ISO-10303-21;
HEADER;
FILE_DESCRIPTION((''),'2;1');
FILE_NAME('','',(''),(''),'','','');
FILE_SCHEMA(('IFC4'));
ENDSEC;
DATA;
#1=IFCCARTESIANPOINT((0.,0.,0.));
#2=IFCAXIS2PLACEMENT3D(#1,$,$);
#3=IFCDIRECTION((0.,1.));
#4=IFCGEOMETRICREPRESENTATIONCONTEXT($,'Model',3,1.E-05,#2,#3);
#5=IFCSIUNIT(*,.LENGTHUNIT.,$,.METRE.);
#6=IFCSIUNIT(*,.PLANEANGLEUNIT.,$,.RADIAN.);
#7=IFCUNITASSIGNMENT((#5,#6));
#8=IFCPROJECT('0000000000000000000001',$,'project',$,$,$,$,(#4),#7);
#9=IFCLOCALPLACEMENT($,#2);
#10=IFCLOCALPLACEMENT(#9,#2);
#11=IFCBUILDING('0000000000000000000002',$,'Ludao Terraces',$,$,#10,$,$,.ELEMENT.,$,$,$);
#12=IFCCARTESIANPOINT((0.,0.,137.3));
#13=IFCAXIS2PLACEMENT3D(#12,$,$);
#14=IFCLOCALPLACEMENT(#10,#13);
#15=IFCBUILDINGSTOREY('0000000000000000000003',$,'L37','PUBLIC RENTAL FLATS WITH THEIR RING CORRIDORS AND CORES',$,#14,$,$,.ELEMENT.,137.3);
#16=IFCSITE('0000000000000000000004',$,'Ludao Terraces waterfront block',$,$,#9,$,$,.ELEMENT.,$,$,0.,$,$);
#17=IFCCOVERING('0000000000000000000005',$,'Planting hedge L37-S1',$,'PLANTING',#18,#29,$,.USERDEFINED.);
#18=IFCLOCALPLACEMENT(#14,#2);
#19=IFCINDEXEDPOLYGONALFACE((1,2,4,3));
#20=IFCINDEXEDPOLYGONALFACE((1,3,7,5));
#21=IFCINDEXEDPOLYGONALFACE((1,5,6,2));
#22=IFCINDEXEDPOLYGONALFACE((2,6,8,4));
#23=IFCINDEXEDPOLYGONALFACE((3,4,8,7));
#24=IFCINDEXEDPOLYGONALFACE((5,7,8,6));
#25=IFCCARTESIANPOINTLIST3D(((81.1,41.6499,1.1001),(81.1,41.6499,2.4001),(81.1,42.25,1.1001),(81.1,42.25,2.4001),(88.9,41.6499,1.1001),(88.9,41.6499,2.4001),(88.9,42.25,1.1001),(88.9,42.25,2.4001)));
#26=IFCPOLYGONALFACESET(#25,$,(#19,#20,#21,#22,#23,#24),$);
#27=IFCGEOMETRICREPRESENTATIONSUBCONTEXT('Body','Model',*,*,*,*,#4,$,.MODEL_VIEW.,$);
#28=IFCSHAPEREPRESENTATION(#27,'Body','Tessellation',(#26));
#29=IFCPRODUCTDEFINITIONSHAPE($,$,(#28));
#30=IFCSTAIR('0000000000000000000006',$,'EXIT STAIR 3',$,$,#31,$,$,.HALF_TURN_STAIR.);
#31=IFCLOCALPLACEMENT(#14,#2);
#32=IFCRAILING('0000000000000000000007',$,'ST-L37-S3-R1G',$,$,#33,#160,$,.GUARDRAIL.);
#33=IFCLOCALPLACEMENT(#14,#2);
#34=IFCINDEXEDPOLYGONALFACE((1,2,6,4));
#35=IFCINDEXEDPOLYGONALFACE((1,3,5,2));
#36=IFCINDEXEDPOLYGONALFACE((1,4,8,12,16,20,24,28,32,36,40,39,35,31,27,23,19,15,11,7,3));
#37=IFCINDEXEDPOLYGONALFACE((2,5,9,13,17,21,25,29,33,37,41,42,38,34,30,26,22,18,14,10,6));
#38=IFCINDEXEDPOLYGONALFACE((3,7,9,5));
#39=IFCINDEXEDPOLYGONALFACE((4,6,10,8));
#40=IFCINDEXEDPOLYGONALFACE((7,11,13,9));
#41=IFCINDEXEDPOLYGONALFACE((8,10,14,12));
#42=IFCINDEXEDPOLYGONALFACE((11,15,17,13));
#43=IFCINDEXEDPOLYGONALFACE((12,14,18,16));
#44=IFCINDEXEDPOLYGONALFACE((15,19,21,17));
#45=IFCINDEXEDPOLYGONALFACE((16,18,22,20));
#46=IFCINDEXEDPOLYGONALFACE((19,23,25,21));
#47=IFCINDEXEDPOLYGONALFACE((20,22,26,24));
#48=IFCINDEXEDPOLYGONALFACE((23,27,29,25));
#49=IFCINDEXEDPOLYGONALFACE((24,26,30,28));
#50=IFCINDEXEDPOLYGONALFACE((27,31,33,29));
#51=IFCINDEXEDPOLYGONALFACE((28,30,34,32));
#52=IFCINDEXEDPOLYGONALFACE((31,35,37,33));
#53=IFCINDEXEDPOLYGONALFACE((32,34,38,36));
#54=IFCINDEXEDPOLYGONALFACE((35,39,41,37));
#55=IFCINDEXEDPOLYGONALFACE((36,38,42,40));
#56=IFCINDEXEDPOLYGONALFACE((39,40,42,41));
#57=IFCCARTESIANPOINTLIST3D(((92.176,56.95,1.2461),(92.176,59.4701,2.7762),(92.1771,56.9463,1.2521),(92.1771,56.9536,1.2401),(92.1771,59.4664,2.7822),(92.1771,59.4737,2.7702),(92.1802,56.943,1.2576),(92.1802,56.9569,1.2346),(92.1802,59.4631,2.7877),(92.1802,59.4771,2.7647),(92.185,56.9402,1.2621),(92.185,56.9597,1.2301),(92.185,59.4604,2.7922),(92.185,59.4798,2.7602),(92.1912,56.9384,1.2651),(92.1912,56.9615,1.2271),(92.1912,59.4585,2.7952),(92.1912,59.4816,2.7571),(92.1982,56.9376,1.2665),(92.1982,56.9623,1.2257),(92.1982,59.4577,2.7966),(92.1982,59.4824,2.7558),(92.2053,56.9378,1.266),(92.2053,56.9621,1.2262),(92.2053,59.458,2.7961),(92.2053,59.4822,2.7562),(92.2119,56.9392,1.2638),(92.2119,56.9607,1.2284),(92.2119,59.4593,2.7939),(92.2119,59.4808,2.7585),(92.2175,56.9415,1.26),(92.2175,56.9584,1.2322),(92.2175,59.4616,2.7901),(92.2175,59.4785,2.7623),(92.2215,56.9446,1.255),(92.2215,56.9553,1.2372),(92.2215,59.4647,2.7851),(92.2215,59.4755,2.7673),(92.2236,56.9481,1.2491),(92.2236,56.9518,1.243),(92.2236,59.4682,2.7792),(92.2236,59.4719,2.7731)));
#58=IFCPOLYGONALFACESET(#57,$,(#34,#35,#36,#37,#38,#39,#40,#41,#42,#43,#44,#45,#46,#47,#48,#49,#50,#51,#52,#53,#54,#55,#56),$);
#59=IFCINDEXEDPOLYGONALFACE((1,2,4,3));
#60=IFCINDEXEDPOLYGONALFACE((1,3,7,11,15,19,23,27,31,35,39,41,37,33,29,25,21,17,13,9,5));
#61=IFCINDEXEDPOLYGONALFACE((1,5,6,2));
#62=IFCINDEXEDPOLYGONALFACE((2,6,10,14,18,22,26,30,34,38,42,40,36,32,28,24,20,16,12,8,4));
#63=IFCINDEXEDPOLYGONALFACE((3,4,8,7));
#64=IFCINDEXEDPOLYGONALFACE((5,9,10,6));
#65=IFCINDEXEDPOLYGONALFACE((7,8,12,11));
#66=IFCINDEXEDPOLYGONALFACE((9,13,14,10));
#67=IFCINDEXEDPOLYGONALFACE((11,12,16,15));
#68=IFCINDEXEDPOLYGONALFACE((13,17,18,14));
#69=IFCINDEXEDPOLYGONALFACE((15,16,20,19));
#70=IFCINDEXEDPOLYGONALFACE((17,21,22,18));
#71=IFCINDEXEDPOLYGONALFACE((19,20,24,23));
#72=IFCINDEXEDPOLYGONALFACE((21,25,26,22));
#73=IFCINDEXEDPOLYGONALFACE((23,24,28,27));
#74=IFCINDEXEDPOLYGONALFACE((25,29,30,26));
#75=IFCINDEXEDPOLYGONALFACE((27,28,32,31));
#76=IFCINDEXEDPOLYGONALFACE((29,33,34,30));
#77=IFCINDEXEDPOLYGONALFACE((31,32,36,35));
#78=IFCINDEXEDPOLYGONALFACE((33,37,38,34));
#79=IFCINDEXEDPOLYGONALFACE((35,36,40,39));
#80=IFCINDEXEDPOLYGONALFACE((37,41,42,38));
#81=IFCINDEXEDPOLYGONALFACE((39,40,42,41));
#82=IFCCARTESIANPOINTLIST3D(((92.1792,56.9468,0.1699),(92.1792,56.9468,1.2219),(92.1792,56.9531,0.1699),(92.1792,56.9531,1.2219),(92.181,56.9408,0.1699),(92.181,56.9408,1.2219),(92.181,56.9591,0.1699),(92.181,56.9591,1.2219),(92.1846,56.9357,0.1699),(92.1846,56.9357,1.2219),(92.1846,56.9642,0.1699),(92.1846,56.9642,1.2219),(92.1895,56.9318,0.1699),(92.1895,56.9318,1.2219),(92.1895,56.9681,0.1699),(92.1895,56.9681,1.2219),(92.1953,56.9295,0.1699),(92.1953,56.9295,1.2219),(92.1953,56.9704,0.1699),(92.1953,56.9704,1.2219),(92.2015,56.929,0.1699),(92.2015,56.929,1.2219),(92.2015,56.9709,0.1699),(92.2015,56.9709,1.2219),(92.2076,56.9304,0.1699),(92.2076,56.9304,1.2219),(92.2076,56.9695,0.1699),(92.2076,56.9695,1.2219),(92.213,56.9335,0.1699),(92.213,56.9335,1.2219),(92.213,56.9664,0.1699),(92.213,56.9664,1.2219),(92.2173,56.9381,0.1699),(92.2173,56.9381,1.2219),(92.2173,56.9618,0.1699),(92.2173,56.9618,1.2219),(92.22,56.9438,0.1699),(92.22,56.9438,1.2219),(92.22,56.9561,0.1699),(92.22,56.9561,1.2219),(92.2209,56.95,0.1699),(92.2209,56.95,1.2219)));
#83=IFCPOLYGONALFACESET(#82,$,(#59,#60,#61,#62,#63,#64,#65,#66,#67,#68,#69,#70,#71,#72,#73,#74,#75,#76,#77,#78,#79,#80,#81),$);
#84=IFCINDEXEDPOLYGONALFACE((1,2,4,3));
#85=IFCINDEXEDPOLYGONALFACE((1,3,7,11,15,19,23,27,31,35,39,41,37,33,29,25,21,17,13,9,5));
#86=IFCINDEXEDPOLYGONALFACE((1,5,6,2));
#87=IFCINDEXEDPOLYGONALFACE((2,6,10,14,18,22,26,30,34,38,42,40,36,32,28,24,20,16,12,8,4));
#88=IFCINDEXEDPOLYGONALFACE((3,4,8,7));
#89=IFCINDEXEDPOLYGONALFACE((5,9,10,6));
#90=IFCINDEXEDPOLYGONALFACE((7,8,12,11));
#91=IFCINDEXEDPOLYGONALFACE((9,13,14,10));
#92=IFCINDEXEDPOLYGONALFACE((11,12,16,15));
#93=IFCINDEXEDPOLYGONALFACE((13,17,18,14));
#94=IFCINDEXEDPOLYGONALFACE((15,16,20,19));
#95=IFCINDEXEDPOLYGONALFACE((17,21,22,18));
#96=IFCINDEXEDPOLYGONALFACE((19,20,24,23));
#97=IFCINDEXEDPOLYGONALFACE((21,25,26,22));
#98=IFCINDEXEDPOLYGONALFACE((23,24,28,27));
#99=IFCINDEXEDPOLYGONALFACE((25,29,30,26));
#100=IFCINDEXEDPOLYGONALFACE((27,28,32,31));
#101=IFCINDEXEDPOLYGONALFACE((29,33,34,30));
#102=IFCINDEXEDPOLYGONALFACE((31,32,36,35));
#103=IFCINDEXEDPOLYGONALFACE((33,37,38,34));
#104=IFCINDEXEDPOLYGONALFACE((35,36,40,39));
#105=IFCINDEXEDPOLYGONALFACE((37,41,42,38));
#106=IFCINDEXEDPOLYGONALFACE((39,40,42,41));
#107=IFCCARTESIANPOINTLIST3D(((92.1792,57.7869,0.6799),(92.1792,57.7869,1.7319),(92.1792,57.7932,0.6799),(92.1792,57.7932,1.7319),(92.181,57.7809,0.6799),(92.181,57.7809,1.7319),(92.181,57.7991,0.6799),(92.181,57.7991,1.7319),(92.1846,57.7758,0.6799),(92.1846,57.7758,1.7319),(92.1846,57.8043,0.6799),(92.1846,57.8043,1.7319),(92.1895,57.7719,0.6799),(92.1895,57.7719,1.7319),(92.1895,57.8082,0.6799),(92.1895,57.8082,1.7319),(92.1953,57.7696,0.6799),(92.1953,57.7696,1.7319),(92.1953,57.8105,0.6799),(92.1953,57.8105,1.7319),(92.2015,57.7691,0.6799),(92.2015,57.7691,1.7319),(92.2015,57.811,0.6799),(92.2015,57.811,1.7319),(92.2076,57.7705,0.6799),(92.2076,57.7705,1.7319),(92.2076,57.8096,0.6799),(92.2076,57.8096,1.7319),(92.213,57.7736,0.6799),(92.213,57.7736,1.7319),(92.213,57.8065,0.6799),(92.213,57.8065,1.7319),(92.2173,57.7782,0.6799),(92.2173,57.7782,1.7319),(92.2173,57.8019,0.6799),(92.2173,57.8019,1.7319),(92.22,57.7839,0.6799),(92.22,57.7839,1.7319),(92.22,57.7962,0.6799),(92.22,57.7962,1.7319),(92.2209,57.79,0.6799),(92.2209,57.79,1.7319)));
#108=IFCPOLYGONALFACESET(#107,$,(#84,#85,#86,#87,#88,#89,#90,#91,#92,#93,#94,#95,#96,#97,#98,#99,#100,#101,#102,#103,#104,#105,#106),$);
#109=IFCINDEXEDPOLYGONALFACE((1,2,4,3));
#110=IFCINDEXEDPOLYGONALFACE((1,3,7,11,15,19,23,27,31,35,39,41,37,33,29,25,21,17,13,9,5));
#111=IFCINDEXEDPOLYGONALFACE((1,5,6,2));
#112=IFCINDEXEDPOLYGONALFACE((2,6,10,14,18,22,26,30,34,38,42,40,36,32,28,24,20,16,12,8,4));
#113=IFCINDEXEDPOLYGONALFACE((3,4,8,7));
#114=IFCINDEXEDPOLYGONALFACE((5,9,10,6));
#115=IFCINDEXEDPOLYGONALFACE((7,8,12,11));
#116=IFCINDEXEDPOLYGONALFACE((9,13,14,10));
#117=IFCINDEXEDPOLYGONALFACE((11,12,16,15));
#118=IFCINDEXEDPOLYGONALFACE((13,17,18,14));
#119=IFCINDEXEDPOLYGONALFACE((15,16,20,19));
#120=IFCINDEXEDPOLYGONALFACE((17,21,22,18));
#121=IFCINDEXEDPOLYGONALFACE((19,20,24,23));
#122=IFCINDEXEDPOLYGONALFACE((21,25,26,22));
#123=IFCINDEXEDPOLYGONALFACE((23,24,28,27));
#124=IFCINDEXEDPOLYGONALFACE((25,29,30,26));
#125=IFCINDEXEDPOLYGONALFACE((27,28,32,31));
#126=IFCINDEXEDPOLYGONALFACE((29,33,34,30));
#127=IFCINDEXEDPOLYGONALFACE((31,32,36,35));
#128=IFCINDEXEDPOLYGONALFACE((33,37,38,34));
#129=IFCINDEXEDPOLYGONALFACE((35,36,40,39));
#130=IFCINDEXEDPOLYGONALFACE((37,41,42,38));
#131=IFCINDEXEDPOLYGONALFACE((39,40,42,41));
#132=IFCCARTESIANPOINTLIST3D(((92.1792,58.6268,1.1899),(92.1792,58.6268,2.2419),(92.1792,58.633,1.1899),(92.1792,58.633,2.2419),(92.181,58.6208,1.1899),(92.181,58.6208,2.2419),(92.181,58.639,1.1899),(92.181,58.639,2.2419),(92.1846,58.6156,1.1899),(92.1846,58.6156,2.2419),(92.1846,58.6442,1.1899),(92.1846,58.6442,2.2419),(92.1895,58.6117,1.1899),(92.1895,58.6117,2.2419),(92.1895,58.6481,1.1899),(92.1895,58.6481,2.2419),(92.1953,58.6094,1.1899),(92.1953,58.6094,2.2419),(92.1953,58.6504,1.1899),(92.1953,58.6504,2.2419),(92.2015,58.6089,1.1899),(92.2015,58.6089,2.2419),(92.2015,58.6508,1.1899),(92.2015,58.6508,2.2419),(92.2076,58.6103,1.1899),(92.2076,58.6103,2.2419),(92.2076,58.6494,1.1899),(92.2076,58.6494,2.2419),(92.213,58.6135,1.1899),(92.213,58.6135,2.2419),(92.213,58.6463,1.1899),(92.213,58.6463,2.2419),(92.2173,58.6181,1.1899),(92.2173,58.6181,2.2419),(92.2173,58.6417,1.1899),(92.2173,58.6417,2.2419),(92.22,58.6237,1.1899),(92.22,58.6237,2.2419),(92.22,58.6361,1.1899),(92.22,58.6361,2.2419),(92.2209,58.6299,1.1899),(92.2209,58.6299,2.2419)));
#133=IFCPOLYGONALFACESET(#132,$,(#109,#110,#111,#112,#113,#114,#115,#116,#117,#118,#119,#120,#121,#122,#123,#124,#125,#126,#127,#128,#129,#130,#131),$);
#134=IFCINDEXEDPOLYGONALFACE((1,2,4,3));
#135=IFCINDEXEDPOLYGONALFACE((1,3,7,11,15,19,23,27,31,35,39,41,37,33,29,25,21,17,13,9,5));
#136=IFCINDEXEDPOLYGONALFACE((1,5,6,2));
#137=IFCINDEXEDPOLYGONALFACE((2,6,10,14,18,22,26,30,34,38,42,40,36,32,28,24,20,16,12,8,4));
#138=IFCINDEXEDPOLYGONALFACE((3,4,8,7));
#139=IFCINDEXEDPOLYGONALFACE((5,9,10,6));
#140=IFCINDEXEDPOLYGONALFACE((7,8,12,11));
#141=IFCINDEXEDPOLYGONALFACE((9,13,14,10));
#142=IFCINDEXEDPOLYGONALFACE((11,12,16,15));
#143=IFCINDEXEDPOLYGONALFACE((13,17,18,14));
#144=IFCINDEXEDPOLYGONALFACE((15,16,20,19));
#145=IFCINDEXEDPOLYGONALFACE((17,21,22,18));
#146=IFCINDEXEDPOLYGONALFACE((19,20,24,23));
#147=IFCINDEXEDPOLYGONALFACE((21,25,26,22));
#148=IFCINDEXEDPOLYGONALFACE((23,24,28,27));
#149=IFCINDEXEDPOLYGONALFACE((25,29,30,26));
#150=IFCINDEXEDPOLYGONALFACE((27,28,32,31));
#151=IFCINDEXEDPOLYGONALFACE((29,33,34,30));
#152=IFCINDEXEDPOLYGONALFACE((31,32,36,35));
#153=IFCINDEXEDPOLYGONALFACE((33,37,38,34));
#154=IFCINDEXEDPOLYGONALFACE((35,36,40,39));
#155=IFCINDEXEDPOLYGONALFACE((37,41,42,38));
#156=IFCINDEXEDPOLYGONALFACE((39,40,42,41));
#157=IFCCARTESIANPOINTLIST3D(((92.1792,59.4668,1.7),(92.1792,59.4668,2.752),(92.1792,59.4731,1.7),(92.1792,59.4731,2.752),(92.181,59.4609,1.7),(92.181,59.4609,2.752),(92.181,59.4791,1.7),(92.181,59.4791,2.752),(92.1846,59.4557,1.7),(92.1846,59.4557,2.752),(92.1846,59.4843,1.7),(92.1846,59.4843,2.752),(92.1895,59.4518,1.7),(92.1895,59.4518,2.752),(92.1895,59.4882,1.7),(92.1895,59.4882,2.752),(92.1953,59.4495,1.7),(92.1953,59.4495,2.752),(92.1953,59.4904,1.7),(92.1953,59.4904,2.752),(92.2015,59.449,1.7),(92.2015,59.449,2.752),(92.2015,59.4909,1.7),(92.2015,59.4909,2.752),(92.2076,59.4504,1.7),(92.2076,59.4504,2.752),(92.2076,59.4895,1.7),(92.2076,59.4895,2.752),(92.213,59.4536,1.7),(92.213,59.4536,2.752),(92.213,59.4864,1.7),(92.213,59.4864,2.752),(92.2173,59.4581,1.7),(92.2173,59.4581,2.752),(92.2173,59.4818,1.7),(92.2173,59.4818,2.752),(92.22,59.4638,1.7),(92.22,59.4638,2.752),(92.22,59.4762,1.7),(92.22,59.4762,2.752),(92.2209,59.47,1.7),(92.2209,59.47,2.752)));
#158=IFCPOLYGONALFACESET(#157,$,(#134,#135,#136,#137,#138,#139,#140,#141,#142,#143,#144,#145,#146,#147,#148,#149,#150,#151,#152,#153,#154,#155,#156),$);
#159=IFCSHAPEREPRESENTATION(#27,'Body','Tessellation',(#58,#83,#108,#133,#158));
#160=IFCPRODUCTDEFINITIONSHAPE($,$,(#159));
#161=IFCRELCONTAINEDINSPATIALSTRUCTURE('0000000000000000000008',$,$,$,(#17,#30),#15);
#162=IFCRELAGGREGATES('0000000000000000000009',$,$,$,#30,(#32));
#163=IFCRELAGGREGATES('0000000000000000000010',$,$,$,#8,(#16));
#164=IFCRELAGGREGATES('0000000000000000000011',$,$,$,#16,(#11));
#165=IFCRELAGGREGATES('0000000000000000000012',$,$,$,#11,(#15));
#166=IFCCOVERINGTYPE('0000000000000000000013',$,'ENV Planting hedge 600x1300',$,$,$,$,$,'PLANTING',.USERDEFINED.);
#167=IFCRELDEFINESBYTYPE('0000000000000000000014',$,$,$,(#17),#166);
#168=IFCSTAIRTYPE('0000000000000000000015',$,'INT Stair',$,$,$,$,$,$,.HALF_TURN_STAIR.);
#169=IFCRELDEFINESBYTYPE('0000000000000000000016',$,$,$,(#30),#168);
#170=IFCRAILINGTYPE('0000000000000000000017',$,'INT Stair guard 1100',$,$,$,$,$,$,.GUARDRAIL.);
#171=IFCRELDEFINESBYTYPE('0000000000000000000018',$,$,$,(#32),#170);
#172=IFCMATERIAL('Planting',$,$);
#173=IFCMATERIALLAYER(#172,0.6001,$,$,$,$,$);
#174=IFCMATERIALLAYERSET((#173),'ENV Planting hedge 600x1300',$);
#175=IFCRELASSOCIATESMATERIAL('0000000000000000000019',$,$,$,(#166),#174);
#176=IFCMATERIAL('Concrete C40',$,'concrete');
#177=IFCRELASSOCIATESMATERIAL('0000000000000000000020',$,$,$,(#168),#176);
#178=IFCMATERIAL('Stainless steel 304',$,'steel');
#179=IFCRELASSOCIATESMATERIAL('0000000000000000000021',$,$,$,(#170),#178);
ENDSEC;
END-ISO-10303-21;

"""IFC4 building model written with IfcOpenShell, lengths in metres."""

from ifc_helpers import new_model, si_unit, direction, frame, origin, origin_2d, place, context, subcontext, project, spatial, rectangle, circle, extrude, material, layer, layer_set, type_object, element, aggregate, save


model = new_model("IFC4")

# Units and contexts
model_context = context("Model", 3, precision=1e-05, world=origin(), true_north=direction((0.0, 1.0)))
body_context = subcontext(model_context, "Body", "Model", "MODEL_VIEW")
ifc_project = project(units=[si_unit("LENGTHUNIT", "METRE"), si_unit("PLANEANGLEUNIT", "RADIAN")], contexts=[model_context])

# Site, building, storey
site_placement = place(None, origin())
site = spatial("IfcSite", under=ifc_project, at=site_placement, Name="Ludao Terraces waterfront block", CompositionType="ELEMENT", RefElevation=0.0)
building_placement = place(site_placement, origin())
building = spatial("IfcBuilding", under=site, at=building_placement, Name="Ludao Terraces", CompositionType="ELEMENT")
storey_placement = place(building_placement, frame((0.0, 0.0, 137.3)))
storey = spatial("IfcBuildingStorey", under=building, at=storey_placement, Name="L37", Description="PUBLIC RENTAL FLATS WITH THEIR RING CORRIDORS AND CORES", CompositionType="ELEMENT", Elevation=137.3)

# Shared definitions
ifc_material_1 = material(Name="Concrete C40", Category="concrete")

# Covering
ifc_material_2 = material(Name="Planting")
ifc_layer_1 = layer(ifc_material_2, 0.6001)
ifc_layer_set_1 = layer_set([ifc_layer_1], Name="ENV Planting hedge 600x1300")
covering_type = type_object("IfcCoveringType", Name="ENV Planting hedge 600x1300", ElementType="PLANTING", PredefinedType="USERDEFINED", material=ifc_layer_set_1)
covering_placement = place(storey_placement, frame((85.0, 41.95, 1.1001), z_axis=(0.0, 0.0, 1.0), x_axis=(1.0, 0.0, 0.0)))
element("IfcCovering", 1, at=covering_placement, inside=storey, type_object=covering_type, Name="Planting hedge L37-S1", ObjectType="PLANTING", PredefinedType="USERDEFINED", context=body_context, shape_type="SweptSolid", body=[
    extrude(rectangle(XDim=7.8, YDim=0.6001, at=origin_2d()), origin(), (0.0, 0.0, 1.0), 1.3),
])

# Stair, railing
stair_type = type_object("IfcStairType", Name="INT Stair", PredefinedType="HALF_TURN_STAIR", material=ifc_material_1)
stair_placement = place(storey_placement, origin())
stair = element("IfcStair", 2, at=stair_placement, inside=storey, type_object=stair_type, Name="EXIT STAIR 3", PredefinedType="HALF_TURN_STAIR")
ifc_material_3 = material(Name="Stainless steel 304", Category="steel")
railing_type_1 = type_object("IfcRailingType", Name="INT Stair guard 1100", PredefinedType="GUARDRAIL", material=ifc_material_3)
railing_1_placement = place(storey_placement, frame((92.2, 56.95, 0.1699)))
railing_1 = element("IfcRailing", 3, at=railing_1_placement, type_object=railing_type_1, Name="ST-L37-S3-R1G", PredefinedType="GUARDRAIL", context=body_context, shape_type="SweptSolid", body=[
    extrude(circle(Radius=0.0239, at=origin_2d()), frame((0.0, 0.0, 1.0762), z_axis=(0.0, 0.854785, 0.518982), x_axis=(-1.0, 0.0, 0.0)), (0.0, 0.0, 1.0), 2.9482),
    extrude(circle(Radius=0.021, at=origin_2d()), origin(), (0.0, 0.0, 1.0), 1.052),
    extrude(circle(Radius=0.021, at=origin_2d()), frame((0.0, 0.8401, 0.51)), (0.0, 0.0, 1.0), 1.052),
    extrude(circle(Radius=0.021, at=origin_2d()), frame((0.0, 1.6799, 1.02)), (0.0, 0.0, 1.0), 1.052),
    extrude(circle(Radius=0.021, at=origin_2d()), frame((0.0, 2.52, 1.53)), (0.0, 0.0, 1.0), 1.052),
])
aggregate(stair, [railing_1])

save(model, "model.ifc")
